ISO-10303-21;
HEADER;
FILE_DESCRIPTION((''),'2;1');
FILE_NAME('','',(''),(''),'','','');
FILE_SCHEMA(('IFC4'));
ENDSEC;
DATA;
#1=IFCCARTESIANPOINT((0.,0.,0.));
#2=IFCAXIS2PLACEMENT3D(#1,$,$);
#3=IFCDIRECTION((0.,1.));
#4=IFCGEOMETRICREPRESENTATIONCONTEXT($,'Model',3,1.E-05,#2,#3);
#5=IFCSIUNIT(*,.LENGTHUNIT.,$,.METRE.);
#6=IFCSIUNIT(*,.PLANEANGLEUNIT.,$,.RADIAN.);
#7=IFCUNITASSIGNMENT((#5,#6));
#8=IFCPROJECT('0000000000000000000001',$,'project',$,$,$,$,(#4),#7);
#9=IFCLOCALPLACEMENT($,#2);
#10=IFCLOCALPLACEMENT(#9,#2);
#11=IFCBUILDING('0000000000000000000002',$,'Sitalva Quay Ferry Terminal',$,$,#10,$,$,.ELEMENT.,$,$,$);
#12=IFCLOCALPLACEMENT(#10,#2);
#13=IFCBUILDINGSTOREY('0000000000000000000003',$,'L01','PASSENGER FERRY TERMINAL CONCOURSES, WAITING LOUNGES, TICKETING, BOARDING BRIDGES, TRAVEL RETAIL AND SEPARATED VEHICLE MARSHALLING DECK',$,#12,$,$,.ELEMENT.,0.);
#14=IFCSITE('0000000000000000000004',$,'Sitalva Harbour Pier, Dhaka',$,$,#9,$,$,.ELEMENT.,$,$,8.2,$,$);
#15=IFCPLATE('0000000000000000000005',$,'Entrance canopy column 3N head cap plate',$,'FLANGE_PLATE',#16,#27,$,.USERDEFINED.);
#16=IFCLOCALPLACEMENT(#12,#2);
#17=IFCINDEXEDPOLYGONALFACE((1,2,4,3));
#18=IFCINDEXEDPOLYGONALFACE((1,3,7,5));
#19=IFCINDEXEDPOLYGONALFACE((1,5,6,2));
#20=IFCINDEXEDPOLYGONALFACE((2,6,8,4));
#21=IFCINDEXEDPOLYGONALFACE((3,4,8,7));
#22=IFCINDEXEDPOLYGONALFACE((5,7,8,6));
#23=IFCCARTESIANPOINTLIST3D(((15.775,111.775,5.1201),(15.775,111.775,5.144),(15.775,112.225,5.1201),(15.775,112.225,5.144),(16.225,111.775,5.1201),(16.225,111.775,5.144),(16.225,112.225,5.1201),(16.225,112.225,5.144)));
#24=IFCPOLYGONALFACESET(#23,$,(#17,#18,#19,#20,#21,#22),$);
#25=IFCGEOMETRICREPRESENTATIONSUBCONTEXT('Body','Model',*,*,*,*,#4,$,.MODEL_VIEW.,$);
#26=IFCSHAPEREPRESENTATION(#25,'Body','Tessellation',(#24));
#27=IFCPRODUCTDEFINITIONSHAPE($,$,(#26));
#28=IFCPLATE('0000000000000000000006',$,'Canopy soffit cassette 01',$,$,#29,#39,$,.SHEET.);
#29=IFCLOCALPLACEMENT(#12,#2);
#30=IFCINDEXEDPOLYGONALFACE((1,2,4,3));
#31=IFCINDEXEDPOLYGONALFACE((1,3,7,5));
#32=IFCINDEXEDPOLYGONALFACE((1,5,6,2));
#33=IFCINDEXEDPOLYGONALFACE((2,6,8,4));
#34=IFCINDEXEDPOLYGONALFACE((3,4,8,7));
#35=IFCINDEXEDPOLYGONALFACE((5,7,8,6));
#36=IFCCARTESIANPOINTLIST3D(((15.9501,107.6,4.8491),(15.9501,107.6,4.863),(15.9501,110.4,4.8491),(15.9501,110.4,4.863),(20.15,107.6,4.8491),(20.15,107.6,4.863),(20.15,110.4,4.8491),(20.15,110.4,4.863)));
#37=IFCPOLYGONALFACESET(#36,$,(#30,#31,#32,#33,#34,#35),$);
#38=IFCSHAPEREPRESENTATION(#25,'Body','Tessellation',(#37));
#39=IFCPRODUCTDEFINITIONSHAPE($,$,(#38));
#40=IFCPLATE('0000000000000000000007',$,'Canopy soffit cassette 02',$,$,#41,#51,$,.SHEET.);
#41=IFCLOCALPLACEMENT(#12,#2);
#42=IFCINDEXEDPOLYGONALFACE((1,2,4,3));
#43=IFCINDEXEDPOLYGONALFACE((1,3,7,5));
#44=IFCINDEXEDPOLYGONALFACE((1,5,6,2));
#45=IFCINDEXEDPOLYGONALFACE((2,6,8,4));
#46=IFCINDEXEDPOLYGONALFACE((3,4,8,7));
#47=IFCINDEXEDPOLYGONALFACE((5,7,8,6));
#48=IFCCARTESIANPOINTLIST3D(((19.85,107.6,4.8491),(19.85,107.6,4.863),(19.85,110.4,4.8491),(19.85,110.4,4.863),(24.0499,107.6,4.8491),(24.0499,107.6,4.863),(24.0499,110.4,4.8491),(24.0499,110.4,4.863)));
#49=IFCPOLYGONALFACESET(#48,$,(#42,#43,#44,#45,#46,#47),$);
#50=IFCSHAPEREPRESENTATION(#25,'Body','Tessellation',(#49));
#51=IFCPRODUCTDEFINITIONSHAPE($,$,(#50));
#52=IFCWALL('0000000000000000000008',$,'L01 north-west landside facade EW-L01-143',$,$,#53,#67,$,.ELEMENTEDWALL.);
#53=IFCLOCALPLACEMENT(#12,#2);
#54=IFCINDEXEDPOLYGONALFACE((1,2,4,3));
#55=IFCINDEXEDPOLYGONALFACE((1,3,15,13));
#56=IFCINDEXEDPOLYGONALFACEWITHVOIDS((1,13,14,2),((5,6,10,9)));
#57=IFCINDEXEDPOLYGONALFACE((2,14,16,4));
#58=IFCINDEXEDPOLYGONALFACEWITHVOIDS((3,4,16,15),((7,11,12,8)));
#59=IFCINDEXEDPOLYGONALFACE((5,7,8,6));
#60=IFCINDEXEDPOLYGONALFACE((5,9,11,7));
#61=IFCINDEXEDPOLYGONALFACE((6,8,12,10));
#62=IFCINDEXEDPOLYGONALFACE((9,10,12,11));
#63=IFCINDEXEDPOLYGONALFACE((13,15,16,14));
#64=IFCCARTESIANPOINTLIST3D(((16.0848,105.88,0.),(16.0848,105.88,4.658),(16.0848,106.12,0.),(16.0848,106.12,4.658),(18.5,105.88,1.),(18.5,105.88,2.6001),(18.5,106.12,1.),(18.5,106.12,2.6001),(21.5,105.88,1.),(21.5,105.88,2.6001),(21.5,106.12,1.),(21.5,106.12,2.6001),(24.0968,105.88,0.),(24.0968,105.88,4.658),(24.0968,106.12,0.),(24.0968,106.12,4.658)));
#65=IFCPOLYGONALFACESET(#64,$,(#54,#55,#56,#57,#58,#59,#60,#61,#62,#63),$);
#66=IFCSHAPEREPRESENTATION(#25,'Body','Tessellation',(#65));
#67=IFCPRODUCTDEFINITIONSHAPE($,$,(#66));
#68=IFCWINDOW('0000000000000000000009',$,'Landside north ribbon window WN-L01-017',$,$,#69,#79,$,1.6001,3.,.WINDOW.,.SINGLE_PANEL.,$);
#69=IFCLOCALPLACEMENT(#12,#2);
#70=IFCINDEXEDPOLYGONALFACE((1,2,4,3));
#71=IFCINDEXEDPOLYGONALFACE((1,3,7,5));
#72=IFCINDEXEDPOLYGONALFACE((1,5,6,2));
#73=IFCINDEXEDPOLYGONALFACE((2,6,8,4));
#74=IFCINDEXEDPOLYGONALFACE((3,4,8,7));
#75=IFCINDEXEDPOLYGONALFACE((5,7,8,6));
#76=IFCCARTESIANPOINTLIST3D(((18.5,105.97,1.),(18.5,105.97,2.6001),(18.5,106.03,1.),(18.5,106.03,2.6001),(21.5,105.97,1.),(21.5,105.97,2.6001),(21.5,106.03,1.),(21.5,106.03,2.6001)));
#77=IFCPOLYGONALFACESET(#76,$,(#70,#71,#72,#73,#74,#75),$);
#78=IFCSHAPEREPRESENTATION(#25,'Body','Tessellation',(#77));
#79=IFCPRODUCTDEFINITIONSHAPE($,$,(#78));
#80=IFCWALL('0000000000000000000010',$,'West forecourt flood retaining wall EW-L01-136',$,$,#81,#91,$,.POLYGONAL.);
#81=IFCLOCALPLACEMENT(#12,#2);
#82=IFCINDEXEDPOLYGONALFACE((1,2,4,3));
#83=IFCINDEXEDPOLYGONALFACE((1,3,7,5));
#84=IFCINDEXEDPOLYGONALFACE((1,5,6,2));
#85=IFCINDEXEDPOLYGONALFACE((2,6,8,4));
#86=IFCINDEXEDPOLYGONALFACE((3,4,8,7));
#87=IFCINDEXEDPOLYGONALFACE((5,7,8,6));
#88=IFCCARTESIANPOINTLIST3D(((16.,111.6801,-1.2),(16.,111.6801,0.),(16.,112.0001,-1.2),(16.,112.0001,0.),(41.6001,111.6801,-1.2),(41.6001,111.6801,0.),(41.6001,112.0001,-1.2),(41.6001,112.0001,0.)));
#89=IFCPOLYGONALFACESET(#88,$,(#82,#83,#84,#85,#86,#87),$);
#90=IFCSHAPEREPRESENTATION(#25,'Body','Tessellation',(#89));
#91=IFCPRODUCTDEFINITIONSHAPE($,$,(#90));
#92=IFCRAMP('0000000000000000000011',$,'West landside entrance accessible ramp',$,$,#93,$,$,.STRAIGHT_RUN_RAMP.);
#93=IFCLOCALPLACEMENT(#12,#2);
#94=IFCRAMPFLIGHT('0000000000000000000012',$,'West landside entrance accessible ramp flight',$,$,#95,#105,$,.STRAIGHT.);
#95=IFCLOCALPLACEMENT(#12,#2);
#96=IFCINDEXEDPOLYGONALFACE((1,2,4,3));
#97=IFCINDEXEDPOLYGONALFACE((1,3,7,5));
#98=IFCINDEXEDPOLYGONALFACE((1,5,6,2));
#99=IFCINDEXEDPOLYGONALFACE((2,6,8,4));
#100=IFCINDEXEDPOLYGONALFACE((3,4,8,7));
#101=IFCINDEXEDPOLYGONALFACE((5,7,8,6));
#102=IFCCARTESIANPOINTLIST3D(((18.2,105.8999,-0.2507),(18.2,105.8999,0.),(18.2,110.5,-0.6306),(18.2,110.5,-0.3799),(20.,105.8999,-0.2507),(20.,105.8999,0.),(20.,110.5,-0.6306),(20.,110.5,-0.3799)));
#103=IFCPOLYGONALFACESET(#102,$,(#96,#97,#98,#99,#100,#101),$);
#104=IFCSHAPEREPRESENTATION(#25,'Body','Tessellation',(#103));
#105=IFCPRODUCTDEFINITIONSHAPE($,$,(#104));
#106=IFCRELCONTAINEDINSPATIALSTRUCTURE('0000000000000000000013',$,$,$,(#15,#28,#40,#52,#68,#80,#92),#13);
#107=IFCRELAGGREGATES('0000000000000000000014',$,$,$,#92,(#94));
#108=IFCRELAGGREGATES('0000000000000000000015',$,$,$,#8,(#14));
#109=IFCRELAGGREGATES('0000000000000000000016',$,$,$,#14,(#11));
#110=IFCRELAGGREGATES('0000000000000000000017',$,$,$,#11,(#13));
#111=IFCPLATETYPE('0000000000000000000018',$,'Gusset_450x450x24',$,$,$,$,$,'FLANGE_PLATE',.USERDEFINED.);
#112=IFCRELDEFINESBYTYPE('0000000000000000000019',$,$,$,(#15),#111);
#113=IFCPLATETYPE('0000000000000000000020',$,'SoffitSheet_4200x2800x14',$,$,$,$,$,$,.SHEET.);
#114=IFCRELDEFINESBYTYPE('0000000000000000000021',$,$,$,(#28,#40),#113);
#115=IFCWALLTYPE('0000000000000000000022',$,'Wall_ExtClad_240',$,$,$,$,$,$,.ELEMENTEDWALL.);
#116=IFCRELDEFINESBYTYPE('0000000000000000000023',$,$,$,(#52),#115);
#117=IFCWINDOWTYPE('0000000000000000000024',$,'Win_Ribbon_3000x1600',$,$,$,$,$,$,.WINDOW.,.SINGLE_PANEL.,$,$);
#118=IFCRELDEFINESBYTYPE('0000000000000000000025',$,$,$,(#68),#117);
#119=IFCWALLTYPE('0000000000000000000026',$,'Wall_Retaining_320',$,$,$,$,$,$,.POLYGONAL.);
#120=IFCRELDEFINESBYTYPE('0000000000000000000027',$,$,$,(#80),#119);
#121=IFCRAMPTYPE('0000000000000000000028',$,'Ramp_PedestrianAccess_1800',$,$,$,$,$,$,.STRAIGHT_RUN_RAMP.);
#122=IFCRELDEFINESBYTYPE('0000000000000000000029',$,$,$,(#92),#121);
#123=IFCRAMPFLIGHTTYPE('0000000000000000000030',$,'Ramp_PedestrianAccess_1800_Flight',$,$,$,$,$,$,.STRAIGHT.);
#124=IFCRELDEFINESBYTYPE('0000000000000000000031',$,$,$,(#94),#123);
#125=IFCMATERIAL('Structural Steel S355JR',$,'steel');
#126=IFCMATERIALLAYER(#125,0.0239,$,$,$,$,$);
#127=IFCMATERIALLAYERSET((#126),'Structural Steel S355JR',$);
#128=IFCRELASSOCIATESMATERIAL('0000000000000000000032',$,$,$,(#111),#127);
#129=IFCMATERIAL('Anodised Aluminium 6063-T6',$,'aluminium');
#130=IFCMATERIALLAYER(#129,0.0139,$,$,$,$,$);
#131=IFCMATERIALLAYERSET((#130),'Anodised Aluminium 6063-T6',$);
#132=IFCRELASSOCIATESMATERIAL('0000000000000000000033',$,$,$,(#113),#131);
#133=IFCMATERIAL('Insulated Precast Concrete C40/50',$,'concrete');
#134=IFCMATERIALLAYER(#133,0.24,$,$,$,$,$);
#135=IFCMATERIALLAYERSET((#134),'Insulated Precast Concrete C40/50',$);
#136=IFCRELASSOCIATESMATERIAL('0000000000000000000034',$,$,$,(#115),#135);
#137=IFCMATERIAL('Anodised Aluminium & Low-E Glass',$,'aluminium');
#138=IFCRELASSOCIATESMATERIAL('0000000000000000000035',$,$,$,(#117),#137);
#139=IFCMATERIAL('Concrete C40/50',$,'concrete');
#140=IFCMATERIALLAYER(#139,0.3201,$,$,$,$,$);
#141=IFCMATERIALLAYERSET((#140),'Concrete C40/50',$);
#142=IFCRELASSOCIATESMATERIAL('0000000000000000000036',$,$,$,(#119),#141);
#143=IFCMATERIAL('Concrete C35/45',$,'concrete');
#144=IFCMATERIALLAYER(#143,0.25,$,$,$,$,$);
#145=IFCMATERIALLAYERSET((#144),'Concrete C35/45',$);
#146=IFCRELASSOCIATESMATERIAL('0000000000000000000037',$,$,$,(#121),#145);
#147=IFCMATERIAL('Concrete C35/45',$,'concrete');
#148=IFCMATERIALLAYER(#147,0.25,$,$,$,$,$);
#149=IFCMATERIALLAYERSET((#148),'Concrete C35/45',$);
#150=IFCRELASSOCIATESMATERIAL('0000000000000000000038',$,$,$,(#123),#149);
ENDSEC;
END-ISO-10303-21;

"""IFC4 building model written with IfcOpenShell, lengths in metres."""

from ifc_helpers import new_model, si_unit, direction, frame, frame_2d, origin, origin_2d, place, context, subcontext, project, spatial, polyline, rectangle, outline, extrude, material, layer, layer_set, type_object, element, fill, aggregate, save


model = new_model("IFC4")

# Units and contexts
model_context = context("Model", 3, precision=1e-05, world=origin(), true_north=direction((0.0, 1.0)))
body_context = subcontext(model_context, "Body", "Model", "MODEL_VIEW")
ifc_project = project(units=[si_unit("LENGTHUNIT", "METRE"), si_unit("PLANEANGLEUNIT", "RADIAN")], contexts=[model_context])

# Site, building, storey
site_placement = place(None, origin())
site = spatial("IfcSite", under=ifc_project, at=site_placement, Name="Sitalva Harbour Pier, Dhaka", CompositionType="ELEMENT", RefElevation=8.2)
building_placement = place(site_placement, origin())
building = spatial("IfcBuilding", under=site, at=building_placement, Name="Sitalva Quay Ferry Terminal", CompositionType="ELEMENT")
storey_placement = place(building_placement, origin())
storey = spatial("IfcBuildingStorey", under=building, at=storey_placement, Name="L01", Description="PASSENGER FERRY TERMINAL CONCOURSES, WAITING LOUNGES, TICKETING, BOARDING BRIDGES, TRAVEL RETAIL AND SEPARATED VEHICLE MARSHALLING DECK", CompositionType="ELEMENT", Elevation=0.0)

# Plates
ifc_material_1 = material(Name="Structural Steel S355JR", Category="steel")
ifc_layer_1 = layer(ifc_material_1, 0.0239)
ifc_layer_set_1 = layer_set([ifc_layer_1], Name="Structural Steel S355JR")
plate_type_1 = type_object("IfcPlateType", Name="Gusset_450x450x24", ElementType="FLANGE_PLATE", PredefinedType="USERDEFINED", material=ifc_layer_set_1)
plate_placement = place(storey_placement, frame((16.0, 112.0, 5.1201), z_axis=(0.0, 0.0, 1.0), x_axis=(1.0, 0.0, 0.0)))
element("IfcPlate", 1, at=plate_placement, inside=storey, type_object=plate_type_1, Name="Entrance canopy column 3N head cap plate", ObjectType="FLANGE_PLATE", PredefinedType="USERDEFINED", context=body_context, shape_type="SweptSolid", body=[
    extrude(rectangle(XDim=0.45, YDim=0.45, at=origin_2d()), origin(), (0.0, 0.0, 1.0), 0.0239),
])
ifc_material_2 = material(Name="Anodised Aluminium 6063-T6", Category="aluminium")
ifc_layer_2 = layer(ifc_material_2, 0.0139)
ifc_layer_set_2 = layer_set([ifc_layer_2], Name="Anodised Aluminium 6063-T6")
plate_type_2 = type_object("IfcPlateType", Name="SoffitSheet_4200x2800x14", PredefinedType="SHEET", material=ifc_layer_set_2)
for number, where, z_axis, x_axis, name in (
    (2, (18.05, 109.0, 4.8491), (0.0, 0.0, 1.0), (1.0, 0.0, 0.0), "Canopy soffit cassette 01"),
    (3, (21.95, 109.0, 4.8491), (0.0, 0.0, 1.0), (1.0, 0.0, 0.0), "Canopy soffit cassette 02"),
):
    element("IfcPlate", number, at=place(storey_placement, frame(where, z_axis=z_axis, x_axis=x_axis)), inside=storey, type_object=plate_type_2, Name=name, PredefinedType="SHEET", context=body_context, shape_type="SweptSolid", body=[
        extrude(rectangle(XDim=4.2, YDim=2.8, at=origin_2d()), origin(), (0.0, 0.0, 1.0), 0.0139),
    ])

# Wall, opening, window
ifc_material_3 = material(Name="Insulated Precast Concrete C40/50", Category="concrete")
ifc_layer_3 = layer(ifc_material_3, 0.24)
ifc_layer_set_3 = layer_set([ifc_layer_3], Name="Insulated Precast Concrete C40/50")
wall_type_1 = type_object("IfcWallType", Name="Wall_ExtClad_240", PredefinedType="ELEMENTEDWALL", material=ifc_layer_set_3)
wall_1_placement = place(storey_placement, frame((16.085, 106.0, 0.0), z_axis=(0.0, 0.0, 1.0), x_axis=(1.0, 0.0, 0.0)))
wall_1 = element("IfcWall", 4, at=wall_1_placement, inside=storey, type_object=wall_type_1, Name="L01 north-west landside facade EW-L01-143", PredefinedType="ELEMENTEDWALL", context=body_context, shape_type="SweptSolid", body=[
    extrude(rectangle(XDim=8.012, YDim=0.24, at=frame_2d((4.0059, 0.0))), origin(), (0.0, 0.0, 1.0), 4.658),
])
opening_placement = place(wall_1_placement, frame((2.415, 0.0, 1.0)))
opening = element("IfcOpeningElement", 5, at=opening_placement, cuts=wall_1, PredefinedType="OPENING", context=body_context, shape_type="SweptSolid", body=[
    extrude(rectangle(XDim=3.0, YDim=1.6001, at=frame_2d((1.5, 0.8))), frame((0.0, 0.1299, 0.0), z_axis=(0.0, -1.0, 0.0), x_axis=(1.0, 0.0, 0.0)), (0.0, 0.0, 1.0), 0.26),
])
ifc_material_4 = material(Name="Anodised Aluminium & Low-E Glass", Category="aluminium")
window_type = type_object("IfcWindowType", Name="Win_Ribbon_3000x1600", PartitioningType="SINGLE_PANEL", PredefinedType="WINDOW", material=ifc_material_4)
window_placement = place(opening_placement, origin())
window = element("IfcWindow", 6, at=window_placement, inside=storey, type_object=window_type, Name="Landside north ribbon window WN-L01-017", OverallHeight=1.6001, OverallWidth=3.0, PartitioningType="SINGLE_PANEL", PredefinedType="WINDOW", context=body_context, shape_type="SweptSolid", body=[
    extrude(rectangle(XDim=3.0, YDim=1.6001, at=frame_2d((1.5, 0.8))), frame((0.0, 0.03, 0.0), z_axis=(0.0, -1.0, 0.0), x_axis=(1.0, 0.0, 0.0)), (0.0, 0.0, 1.0), 0.0601),
])
fill(opening, window)

# Wall
ifc_material_5 = material(Name="Concrete C40/50", Category="concrete")
ifc_layer_4 = layer(ifc_material_5, 0.3201)
ifc_layer_set_4 = layer_set([ifc_layer_4], Name="Concrete C40/50")
wall_type_2 = type_object("IfcWallType", Name="Wall_Retaining_320", PredefinedType="POLYGONAL", material=ifc_layer_set_4)
wall_2_placement = place(storey_placement, frame((16.0, 111.8401, -1.2), z_axis=(0.0, 0.0, 1.0), x_axis=(1.0, 0.0, 0.0)))
element("IfcWall", 7, at=wall_2_placement, inside=storey, type_object=wall_type_2, Name="West forecourt flood retaining wall EW-L01-136", PredefinedType="POLYGONAL", context=body_context, shape_type="SweptSolid", body=[
    extrude(rectangle(XDim=25.6001, YDim=0.3201, at=frame_2d((12.8, 0.0))), origin(), (0.0, 0.0, 1.0), 1.2),
])

# Ramp, ramp flight
ifc_material_6 = material(Name="Concrete C35/45", Category="concrete")
ifc_layer_5 = layer(ifc_material_6, 0.25)
ifc_layer_set_5 = layer_set([ifc_layer_5], Name="Concrete C35/45")
ramp_type = type_object("IfcRampType", Name="Ramp_PedestrianAccess_1800", PredefinedType="STRAIGHT_RUN_RAMP", material=ifc_layer_set_5)
ramp_placement = place(storey_placement, origin())
ramp = element("IfcRamp", 8, at=ramp_placement, inside=storey, type_object=ramp_type, Name="West landside entrance accessible ramp", PredefinedType="STRAIGHT_RUN_RAMP")
ifc_material_7 = material(Name="Concrete C35/45", Category="concrete")
ifc_layer_6 = layer(ifc_material_7, 0.25)
ifc_layer_set_6 = layer_set([ifc_layer_6], Name="Concrete C35/45")
ramp_flight_type = type_object("IfcRampFlightType", Name="Ramp_PedestrianAccess_1800_Flight", PredefinedType="STRAIGHT", material=ifc_layer_set_6)
ramp_flight_placement = place(storey_placement, frame((18.2, 105.8999, 0.0), z_axis=(0.0, 0.082301, 0.996607), x_axis=(1.0, 0.0, 0.0)))
ramp_flight = element("IfcRampFlight", 9, at=ramp_flight_placement, type_object=ramp_flight_type, Name="West landside entrance accessible ramp flight", PredefinedType="STRAIGHT", context=body_context, shape_type="SweptSolid", body=[
    extrude(outline(polyline([(0.0, 0.0), (1.8, 0.0), (1.8, 4.6158), (0.0, 4.6158), (0.0, 0.0)])), origin(), (0.0, 0.082301, -0.996607), 0.2507),
])
aggregate(ramp, [ramp_flight])

save(model, "model.ifc")
